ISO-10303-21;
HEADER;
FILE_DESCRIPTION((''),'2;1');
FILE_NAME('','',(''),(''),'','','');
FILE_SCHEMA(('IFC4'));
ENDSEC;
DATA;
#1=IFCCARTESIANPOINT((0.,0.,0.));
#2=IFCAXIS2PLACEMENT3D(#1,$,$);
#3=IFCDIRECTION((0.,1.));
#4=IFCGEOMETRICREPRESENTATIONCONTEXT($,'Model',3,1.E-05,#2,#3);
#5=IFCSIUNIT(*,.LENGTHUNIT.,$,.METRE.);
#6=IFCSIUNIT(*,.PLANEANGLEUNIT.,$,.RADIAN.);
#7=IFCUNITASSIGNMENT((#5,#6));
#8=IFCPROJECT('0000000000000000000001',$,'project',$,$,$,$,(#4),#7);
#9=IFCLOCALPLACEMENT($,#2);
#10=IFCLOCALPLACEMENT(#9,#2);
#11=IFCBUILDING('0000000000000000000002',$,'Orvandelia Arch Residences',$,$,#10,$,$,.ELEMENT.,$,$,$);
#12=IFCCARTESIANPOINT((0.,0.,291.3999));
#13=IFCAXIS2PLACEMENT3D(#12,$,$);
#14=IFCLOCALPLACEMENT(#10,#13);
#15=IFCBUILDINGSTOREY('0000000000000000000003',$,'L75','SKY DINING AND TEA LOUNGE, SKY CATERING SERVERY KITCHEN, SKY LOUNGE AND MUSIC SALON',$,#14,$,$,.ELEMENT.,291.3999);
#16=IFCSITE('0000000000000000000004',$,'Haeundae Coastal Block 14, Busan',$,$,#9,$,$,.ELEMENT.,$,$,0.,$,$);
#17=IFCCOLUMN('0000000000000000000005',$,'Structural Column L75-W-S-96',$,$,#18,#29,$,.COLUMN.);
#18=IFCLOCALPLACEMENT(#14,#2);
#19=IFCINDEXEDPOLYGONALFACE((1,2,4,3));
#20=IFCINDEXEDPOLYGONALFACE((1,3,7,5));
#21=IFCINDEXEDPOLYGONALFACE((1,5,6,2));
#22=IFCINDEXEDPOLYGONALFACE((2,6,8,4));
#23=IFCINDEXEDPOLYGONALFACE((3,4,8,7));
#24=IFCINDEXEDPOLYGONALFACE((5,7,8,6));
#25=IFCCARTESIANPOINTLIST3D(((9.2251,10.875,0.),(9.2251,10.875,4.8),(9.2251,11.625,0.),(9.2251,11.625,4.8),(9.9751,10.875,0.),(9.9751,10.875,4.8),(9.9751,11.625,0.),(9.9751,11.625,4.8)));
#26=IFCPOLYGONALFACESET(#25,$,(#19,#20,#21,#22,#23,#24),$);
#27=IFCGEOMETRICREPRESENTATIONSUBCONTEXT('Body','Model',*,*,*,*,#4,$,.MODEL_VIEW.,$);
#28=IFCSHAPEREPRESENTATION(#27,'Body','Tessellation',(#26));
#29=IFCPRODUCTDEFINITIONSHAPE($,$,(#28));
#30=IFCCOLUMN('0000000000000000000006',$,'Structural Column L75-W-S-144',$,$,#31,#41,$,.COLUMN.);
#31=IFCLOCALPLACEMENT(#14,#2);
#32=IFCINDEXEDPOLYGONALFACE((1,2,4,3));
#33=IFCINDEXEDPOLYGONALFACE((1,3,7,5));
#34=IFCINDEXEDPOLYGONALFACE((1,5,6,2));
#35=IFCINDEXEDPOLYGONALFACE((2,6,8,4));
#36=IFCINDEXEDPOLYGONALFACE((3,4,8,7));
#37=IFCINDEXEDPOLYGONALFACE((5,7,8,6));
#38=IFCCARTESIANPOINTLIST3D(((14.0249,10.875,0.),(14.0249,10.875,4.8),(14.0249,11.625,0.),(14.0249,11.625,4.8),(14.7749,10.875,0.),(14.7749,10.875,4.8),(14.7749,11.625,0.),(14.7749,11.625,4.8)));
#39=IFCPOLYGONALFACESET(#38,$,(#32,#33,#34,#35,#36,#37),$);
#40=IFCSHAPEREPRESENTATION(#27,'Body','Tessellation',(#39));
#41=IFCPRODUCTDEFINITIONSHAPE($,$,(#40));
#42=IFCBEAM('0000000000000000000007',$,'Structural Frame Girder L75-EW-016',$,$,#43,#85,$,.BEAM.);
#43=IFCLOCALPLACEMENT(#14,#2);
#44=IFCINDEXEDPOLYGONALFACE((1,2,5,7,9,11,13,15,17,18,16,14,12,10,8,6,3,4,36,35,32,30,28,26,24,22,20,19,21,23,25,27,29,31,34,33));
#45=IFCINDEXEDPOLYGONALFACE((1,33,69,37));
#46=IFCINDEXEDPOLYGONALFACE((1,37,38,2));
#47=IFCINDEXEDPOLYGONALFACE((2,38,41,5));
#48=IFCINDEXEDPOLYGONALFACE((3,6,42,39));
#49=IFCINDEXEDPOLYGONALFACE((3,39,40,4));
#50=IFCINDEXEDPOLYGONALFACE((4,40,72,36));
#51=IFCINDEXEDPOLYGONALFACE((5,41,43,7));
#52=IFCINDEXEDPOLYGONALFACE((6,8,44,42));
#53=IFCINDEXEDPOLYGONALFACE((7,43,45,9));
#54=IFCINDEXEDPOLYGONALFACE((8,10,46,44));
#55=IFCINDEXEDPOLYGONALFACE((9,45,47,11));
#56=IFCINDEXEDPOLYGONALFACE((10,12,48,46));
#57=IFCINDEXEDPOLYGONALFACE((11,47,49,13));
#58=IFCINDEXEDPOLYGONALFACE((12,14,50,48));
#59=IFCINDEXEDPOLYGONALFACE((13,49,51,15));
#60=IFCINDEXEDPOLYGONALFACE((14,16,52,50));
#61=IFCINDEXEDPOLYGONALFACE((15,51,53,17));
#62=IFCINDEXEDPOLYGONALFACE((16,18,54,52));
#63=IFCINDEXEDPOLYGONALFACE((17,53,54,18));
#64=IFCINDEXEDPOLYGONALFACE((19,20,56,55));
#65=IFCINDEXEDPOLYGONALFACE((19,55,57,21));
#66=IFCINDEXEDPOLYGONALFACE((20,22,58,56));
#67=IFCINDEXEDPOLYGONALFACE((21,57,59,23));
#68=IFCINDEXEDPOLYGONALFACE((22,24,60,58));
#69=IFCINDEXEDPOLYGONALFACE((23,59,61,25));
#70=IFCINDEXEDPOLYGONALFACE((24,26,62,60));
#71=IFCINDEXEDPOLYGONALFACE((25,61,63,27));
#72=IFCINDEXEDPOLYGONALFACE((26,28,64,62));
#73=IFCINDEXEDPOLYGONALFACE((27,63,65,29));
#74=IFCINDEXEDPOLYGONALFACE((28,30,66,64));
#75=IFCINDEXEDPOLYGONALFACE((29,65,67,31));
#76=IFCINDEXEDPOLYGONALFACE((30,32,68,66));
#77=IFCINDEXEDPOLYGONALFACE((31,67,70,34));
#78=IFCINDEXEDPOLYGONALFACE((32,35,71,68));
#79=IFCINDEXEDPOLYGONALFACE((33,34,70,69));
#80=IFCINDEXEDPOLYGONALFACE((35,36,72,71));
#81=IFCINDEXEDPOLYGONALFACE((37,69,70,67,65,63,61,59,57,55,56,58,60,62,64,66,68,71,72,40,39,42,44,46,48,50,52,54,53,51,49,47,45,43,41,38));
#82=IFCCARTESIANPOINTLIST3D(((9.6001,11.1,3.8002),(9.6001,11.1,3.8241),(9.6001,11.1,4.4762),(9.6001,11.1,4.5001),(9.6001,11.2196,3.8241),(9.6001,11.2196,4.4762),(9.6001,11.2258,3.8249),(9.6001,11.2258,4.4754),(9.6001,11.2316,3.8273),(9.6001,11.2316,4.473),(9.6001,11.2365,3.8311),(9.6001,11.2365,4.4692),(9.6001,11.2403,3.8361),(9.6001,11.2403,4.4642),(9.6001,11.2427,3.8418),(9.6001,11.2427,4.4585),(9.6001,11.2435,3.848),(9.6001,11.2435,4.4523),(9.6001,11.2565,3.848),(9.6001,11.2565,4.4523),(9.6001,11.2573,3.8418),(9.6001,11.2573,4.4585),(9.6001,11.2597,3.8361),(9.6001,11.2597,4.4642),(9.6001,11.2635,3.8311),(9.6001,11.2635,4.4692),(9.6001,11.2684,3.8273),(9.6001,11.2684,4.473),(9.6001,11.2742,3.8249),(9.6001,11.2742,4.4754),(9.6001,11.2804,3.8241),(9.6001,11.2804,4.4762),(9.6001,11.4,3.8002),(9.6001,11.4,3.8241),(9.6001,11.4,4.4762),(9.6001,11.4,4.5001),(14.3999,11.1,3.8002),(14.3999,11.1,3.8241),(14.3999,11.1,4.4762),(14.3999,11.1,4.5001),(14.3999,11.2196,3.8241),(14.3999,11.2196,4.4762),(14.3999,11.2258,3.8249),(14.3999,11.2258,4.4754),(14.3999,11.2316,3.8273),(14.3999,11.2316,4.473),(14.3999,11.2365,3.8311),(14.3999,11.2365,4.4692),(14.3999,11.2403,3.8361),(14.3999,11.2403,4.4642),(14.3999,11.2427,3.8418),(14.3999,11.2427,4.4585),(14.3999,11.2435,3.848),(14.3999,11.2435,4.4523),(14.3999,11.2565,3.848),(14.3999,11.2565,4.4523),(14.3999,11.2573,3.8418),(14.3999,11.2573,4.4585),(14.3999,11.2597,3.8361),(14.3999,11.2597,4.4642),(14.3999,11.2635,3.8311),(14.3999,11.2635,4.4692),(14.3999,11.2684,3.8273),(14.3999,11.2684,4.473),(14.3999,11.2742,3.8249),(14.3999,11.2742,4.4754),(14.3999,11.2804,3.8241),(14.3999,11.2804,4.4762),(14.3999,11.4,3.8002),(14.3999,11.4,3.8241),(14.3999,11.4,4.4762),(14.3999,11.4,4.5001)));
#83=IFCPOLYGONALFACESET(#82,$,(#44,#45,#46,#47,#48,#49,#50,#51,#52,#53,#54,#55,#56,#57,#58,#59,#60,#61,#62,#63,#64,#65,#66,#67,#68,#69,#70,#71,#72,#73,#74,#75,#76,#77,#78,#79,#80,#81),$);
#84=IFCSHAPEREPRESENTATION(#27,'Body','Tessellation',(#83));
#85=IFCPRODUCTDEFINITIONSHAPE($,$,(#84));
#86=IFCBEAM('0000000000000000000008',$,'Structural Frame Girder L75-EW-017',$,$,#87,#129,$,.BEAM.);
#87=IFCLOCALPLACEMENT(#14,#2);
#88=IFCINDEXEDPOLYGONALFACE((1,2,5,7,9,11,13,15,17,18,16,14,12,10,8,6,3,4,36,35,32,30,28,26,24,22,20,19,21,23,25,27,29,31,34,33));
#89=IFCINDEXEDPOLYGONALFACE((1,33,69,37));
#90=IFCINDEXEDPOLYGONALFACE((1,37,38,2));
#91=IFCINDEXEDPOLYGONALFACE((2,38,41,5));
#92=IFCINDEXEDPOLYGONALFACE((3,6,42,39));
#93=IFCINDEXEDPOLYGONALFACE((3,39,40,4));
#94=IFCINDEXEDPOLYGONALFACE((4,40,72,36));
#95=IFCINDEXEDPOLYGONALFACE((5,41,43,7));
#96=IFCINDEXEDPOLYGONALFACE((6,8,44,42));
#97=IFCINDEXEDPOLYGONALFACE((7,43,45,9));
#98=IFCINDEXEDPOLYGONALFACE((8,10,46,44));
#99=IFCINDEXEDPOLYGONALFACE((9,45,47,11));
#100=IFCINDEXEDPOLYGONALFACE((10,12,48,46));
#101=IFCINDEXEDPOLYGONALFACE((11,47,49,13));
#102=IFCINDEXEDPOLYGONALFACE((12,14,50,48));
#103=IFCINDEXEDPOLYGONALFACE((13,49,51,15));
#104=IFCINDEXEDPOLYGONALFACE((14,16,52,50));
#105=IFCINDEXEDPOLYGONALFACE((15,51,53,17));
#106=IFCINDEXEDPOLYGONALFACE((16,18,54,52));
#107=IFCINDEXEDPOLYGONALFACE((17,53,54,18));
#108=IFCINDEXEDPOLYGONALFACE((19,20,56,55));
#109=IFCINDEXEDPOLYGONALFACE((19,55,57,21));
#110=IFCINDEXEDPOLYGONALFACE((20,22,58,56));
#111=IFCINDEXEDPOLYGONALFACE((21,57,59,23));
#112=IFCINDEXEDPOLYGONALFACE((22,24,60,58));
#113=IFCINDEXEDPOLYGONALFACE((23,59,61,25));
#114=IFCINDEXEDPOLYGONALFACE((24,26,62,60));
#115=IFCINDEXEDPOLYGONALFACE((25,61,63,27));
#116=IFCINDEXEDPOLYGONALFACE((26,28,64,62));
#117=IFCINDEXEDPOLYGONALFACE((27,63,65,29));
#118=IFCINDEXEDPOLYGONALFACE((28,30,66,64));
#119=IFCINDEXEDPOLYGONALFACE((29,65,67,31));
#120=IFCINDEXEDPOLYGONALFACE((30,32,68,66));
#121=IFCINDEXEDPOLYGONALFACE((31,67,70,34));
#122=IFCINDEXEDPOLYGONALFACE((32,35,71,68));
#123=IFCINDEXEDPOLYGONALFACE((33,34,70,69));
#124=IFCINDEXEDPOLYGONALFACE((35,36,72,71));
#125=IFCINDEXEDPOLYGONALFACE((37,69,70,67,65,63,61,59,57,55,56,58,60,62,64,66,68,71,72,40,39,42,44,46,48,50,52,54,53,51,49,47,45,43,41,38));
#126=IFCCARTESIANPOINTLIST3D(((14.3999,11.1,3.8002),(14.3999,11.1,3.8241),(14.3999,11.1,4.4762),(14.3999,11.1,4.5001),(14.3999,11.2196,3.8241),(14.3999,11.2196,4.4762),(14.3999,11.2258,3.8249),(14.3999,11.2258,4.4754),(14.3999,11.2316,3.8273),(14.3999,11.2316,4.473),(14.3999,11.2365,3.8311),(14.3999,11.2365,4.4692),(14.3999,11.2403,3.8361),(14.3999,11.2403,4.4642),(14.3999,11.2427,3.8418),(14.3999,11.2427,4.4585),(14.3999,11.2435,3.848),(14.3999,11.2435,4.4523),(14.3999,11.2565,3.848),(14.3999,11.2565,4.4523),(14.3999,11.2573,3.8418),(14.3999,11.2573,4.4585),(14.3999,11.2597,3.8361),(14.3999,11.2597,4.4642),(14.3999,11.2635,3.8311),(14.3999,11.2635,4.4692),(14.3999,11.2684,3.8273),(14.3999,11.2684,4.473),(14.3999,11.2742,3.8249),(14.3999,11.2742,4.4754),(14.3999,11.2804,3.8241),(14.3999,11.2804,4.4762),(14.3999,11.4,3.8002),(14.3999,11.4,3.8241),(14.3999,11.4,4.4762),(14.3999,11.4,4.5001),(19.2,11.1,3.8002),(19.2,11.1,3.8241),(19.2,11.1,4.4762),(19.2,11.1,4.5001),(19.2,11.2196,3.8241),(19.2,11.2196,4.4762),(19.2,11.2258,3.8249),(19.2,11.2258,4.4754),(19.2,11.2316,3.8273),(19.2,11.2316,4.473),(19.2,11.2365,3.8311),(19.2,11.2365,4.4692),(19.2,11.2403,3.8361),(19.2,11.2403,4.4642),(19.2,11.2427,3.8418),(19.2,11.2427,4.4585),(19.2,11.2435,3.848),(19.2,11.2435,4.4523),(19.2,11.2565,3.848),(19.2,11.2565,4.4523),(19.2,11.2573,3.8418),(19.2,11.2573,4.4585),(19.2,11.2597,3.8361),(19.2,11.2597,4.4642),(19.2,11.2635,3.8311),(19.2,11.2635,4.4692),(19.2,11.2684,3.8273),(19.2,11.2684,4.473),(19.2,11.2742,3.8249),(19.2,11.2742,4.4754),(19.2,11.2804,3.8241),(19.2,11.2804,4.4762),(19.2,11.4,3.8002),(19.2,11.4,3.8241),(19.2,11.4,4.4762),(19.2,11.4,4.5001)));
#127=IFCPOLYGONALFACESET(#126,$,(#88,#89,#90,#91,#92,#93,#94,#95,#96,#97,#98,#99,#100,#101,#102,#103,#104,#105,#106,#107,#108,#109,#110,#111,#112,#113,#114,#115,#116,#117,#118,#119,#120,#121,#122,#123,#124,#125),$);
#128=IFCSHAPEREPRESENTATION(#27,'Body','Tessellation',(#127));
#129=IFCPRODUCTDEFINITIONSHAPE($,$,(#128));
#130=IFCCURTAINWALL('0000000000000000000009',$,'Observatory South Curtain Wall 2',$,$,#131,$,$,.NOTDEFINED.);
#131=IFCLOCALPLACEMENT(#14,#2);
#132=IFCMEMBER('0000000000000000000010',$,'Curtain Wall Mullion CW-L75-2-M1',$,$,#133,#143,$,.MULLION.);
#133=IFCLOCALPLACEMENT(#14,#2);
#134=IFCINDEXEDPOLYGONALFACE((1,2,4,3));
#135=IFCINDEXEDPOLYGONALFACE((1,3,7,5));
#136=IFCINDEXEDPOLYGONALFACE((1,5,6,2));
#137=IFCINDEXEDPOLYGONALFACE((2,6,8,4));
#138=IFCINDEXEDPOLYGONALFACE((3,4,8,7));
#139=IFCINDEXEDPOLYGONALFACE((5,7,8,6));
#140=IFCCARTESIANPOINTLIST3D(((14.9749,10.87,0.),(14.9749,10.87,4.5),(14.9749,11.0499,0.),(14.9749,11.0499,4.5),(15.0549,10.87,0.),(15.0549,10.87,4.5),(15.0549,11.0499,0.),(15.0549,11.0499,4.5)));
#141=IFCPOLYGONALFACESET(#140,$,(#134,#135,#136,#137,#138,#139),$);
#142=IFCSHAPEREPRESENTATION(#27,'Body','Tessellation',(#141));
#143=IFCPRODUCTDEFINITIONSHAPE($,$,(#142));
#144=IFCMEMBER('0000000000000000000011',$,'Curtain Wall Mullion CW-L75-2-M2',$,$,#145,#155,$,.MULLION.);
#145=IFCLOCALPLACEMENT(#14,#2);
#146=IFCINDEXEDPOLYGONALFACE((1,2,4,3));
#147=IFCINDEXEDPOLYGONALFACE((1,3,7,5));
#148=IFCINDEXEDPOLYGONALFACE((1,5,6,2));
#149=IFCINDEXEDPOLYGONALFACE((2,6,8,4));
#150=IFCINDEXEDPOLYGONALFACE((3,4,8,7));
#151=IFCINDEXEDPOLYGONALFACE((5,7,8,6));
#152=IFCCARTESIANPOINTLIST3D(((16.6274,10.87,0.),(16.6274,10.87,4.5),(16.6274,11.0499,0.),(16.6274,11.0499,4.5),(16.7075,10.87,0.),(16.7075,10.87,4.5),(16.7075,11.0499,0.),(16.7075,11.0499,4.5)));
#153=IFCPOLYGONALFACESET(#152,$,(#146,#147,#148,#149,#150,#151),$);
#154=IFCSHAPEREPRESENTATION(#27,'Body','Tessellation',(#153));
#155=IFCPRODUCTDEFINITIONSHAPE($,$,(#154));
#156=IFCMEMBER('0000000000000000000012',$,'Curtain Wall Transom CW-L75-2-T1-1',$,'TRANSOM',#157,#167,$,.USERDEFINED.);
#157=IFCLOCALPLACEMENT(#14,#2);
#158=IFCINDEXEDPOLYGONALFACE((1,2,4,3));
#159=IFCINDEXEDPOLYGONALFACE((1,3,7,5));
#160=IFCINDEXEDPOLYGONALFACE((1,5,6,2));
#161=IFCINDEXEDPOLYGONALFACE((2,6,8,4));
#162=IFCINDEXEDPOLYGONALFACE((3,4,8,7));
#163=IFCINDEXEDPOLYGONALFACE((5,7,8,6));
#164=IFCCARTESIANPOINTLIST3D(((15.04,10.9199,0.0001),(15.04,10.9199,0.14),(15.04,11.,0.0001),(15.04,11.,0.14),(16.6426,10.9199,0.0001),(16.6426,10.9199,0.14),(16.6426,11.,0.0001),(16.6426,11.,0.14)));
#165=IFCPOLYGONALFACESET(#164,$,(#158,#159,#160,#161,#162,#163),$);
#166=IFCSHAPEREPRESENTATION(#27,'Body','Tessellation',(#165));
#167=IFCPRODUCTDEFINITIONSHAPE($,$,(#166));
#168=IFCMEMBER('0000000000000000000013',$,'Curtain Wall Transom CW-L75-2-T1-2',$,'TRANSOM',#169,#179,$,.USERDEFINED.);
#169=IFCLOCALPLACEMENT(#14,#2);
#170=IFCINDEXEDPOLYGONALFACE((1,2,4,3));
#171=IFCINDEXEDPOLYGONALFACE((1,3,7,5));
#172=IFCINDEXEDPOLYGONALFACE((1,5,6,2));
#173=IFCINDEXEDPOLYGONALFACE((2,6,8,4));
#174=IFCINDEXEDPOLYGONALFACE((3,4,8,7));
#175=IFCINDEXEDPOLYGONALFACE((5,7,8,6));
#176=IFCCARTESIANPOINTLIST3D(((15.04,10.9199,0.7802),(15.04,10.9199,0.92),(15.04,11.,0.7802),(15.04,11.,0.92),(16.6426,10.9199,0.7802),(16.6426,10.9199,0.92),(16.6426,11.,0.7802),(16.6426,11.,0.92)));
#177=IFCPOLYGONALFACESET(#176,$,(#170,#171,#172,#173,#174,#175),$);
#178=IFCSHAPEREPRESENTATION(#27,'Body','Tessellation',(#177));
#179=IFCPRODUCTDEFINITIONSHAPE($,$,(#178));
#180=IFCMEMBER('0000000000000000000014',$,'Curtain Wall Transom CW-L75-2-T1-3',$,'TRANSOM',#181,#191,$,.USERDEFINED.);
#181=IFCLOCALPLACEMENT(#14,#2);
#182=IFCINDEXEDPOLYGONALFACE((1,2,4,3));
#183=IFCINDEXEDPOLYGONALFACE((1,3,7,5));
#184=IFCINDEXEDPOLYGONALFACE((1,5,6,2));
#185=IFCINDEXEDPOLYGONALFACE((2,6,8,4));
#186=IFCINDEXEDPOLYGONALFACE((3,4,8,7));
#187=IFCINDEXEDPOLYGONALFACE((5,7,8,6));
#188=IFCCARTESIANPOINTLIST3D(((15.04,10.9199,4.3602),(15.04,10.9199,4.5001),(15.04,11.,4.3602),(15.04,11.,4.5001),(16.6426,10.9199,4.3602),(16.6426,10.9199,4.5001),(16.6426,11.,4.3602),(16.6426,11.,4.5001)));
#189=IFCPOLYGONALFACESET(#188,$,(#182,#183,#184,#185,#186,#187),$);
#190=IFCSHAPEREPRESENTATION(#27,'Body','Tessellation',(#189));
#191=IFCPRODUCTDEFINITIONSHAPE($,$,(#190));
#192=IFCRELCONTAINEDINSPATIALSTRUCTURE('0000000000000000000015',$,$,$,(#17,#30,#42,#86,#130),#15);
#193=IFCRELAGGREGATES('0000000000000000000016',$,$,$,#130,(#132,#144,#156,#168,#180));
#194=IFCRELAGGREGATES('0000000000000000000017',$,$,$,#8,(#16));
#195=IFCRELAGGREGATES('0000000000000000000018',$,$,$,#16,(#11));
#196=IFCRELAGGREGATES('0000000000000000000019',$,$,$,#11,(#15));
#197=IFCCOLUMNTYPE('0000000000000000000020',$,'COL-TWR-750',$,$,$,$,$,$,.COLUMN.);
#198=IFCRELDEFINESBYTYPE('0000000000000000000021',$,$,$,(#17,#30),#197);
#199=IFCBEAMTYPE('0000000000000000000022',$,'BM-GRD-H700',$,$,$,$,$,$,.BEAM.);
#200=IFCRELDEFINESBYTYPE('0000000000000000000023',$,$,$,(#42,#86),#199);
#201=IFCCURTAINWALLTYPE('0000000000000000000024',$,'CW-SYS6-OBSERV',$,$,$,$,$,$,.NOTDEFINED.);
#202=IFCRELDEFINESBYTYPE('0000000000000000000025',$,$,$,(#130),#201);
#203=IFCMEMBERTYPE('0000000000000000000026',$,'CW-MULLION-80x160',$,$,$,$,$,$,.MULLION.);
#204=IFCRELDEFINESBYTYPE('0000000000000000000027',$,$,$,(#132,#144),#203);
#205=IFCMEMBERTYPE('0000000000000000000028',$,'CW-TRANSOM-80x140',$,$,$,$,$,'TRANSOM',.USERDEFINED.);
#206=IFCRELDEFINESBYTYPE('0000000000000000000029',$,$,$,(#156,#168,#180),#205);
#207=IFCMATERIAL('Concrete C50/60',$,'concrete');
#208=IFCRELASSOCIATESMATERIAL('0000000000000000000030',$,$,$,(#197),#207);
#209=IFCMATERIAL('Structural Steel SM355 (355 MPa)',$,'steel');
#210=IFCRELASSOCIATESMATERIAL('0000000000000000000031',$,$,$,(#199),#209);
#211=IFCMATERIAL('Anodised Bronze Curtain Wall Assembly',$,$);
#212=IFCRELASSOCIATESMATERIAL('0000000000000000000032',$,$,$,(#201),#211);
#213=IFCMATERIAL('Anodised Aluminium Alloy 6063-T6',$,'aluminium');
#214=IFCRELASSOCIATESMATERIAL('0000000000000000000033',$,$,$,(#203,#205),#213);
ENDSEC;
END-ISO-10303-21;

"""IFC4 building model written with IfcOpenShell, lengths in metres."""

from ifc_helpers import new_model, si_unit, direction, frame, origin, origin_2d, place, context, subcontext, project, spatial, rectangle, i_section, extrude, material, material_profile, profile_set, type_object, element, aggregate, save


model = new_model("IFC4")

# Units and contexts
model_context = context("Model", 3, precision=1e-05, world=origin(), true_north=direction((0.0, 1.0)))
body_context = subcontext(model_context, "Body", "Model", "MODEL_VIEW")
ifc_project = project(units=[si_unit("LENGTHUNIT", "METRE"), si_unit("PLANEANGLEUNIT", "RADIAN")], contexts=[model_context])

# Site, building, storey
site_placement = place(None, origin())
site = spatial("IfcSite", under=ifc_project, at=site_placement, Name="Haeundae Coastal Block 14, Busan", CompositionType="ELEMENT", RefElevation=0.0)
building_placement = place(site_placement, origin())
building = spatial("IfcBuilding", under=site, at=building_placement, Name="Orvandelia Arch Residences", CompositionType="ELEMENT")
storey_placement = place(building_placement, frame((0.0, 0.0, 291.3999)))
storey = spatial("IfcBuildingStorey", under=building, at=storey_placement, Name="L75", Description="SKY DINING AND TEA LOUNGE, SKY CATERING SERVERY KITCHEN, SKY LOUNGE AND MUSIC SALON", CompositionType="ELEMENT", Elevation=291.3999)

# Columns
ifc_material_1 = material(Name="Concrete C50/60", Category="concrete")
ifc_material_profile_1 = material_profile(ifc_material_1, rectangle(XDim=0.75, YDim=0.75, at=origin_2d()), Name="Concrete C50/60", Category="concrete")
ifc_profile_set_1 = profile_set([ifc_material_profile_1], Name="Concrete C50/60")
column_type = type_object("IfcColumnType", Name="COL-TWR-750", PredefinedType="COLUMN", material=ifc_profile_set_1)
for number, where, z_axis, x_axis, name in (
    (1, (9.6001, 11.25, 0.0), (0.0, 0.0, 1.0), (1.0, 0.0, 0.0), "Structural Column L75-W-S-96"),
    (2, (14.3999, 11.25, 0.0), (0.0, 0.0, 1.0), (1.0, 0.0, 0.0), "Structural Column L75-W-S-144"),
):
    element("IfcColumn", number, at=place(storey_placement, frame(where, z_axis=z_axis, x_axis=x_axis)), inside=storey, type_object=column_type, Name=name, PredefinedType="COLUMN", context=body_context, shape_type="SweptSolid", body=[
        extrude(rectangle(XDim=0.75, YDim=0.75, at=origin_2d()), origin(), (0.0, 0.0, 1.0), 4.8),
    ])

# Beams
ifc_material_2 = material(Name="Structural Steel SM355 (355 MPa)", Category="steel")
ifc_material_profile_2 = material_profile(ifc_material_2, i_section(OverallWidth=0.3, OverallDepth=0.7, WebThickness=0.0129, FlangeThickness=0.0239, FilletRadius=0.0239, at=origin_2d()), Name="Structural Steel SM355 (355 MPa)", Category="steel")
ifc_profile_set_2 = profile_set([ifc_material_profile_2], Name="Structural Steel SM355 (355 MPa)")
beam_type = type_object("IfcBeamType", Name="BM-GRD-H700", PredefinedType="BEAM", material=ifc_profile_set_2)
beam_1_placement = place(storey_placement, frame((9.6001, 11.25, 4.1501), z_axis=(1.0, 0.0, 0.0), x_axis=(0.0, 1.0, 0.0)))
element("IfcBeam", 3, at=beam_1_placement, inside=storey, type_object=beam_type, Name="Structural Frame Girder L75-EW-016", PredefinedType="BEAM", context=body_context, shape_type="SweptSolid", body=[
    extrude(i_section(OverallWidth=0.3, OverallDepth=0.7, WebThickness=0.0129, FlangeThickness=0.0239, FilletRadius=0.0239, at=origin_2d()), origin(), (0.0, 0.0, 1.0), 4.7998),
])
beam_2_placement = place(storey_placement, frame((14.3999, 11.25, 4.1501), z_axis=(1.0, 0.0, 0.0), x_axis=(0.0, 1.0, 0.0)))
element("IfcBeam", 4, at=beam_2_placement, inside=storey, type_object=beam_type, Name="Structural Frame Girder L75-EW-017", PredefinedType="BEAM", context=body_context, shape_type="SweptSolid", body=[
    extrude(i_section(OverallWidth=0.3, OverallDepth=0.7, WebThickness=0.0129, FlangeThickness=0.0239, FilletRadius=0.0239, at=origin_2d()), origin(), (0.0, 0.0, 1.0), 4.8),
])

# Curtain wall, members
ifc_material_3 = material(Name="Anodised Bronze Curtain Wall Assembly")
curtain_wall_type = type_object("IfcCurtainWallType", Name="CW-SYS6-OBSERV", PredefinedType="NOTDEFINED", material=ifc_material_3)
curtain_wall_placement = place(storey_placement, origin())
curtain_wall = element("IfcCurtainWall", 5, at=curtain_wall_placement, inside=storey, type_object=curtain_wall_type, Name="Observatory South Curtain Wall 2", PredefinedType="NOTDEFINED")
ifc_material_4 = material(Name="Anodised Aluminium Alloy 6063-T6", Category="aluminium")
ifc_material_profile_3 = material_profile(ifc_material_4, rectangle(XDim=0.0801, YDim=0.1799, at=origin_2d()), Name="Anodised Aluminium Alloy 6063-T6", Category="aluminium")
ifc_profile_set_3 = profile_set([ifc_material_profile_3], Name="Anodised Aluminium Alloy 6063-T6")
member_type_1 = type_object("IfcMemberType", Name="CW-MULLION-80x160", PredefinedType="MULLION", material=ifc_profile_set_3)
member_1_placement = place(storey_placement, frame((15.0149, 10.96, 0.0), z_axis=(0.0, 0.0, 1.0), x_axis=(1.0, 0.0, 0.0)))
member_1 = element("IfcMember", 6, at=member_1_placement, type_object=member_type_1, Name="Curtain Wall Mullion CW-L75-2-M1", PredefinedType="MULLION", context=body_context, shape_type="SweptSolid", body=[
    extrude(rectangle(XDim=0.0801, YDim=0.1799, at=origin_2d()), origin(), (0.0, 0.0, 1.0), 4.5),
])
member_2_placement = place(storey_placement, frame((16.6675, 10.96, 0.0), z_axis=(0.0, 0.0, 1.0), x_axis=(1.0, 0.0, 0.0)))
member_2 = element("IfcMember", 7, at=member_2_placement, type_object=member_type_1, Name="Curtain Wall Mullion CW-L75-2-M2", PredefinedType="MULLION", context=body_context, shape_type="SweptSolid", body=[
    extrude(rectangle(XDim=0.0801, YDim=0.1799, at=origin_2d()), origin(), (0.0, 0.0, 1.0), 4.5),
])
ifc_material_profile_4 = material_profile(ifc_material_4, rectangle(XDim=0.0801, YDim=0.1399, at=origin_2d()), Name="Anodised Aluminium Alloy 6063-T6", Category="aluminium")
ifc_profile_set_4 = profile_set([ifc_material_profile_4], Name="Anodised Aluminium Alloy 6063-T6")
member_type_2 = type_object("IfcMemberType", Name="CW-TRANSOM-80x140", ElementType="TRANSOM", PredefinedType="USERDEFINED", material=ifc_profile_set_4)
member_3_placement = place(storey_placement, frame((15.04, 10.96, 0.0701), z_axis=(1.0, 0.0, 0.0), x_axis=(0.0, 1.0, 0.0)))
member_3 = element("IfcMember", 8, at=member_3_placement, type_object=member_type_2, Name="Curtain Wall Transom CW-L75-2-T1-1", ObjectType="TRANSOM", PredefinedType="USERDEFINED", context=body_context, shape_type="SweptSolid", body=[
    extrude(rectangle(XDim=0.0801, YDim=0.1399, at=origin_2d()), origin(), (0.0, 0.0, 1.0), 1.6025),
])
member_4_placement = place(storey_placement, frame((15.04, 10.96, 0.8501), z_axis=(1.0, 0.0, 0.0), x_axis=(0.0, 1.0, 0.0)))
member_4 = element("IfcMember", 9, at=member_4_placement, type_object=member_type_2, Name="Curtain Wall Transom CW-L75-2-T1-2", ObjectType="TRANSOM", PredefinedType="USERDEFINED", context=body_context, shape_type="SweptSolid", body=[
    extrude(rectangle(XDim=0.0801, YDim=0.1399, at=origin_2d()), origin(), (0.0, 0.0, 1.0), 1.6025),
])
member_5_placement = place(storey_placement, frame((15.04, 10.96, 4.4302), z_axis=(1.0, 0.0, 0.0), x_axis=(0.0, 1.0, 0.0)))
member_5 = element("IfcMember", 10, at=member_5_placement, type_object=member_type_2, Name="Curtain Wall Transom CW-L75-2-T1-3", ObjectType="TRANSOM", PredefinedType="USERDEFINED", context=body_context, shape_type="SweptSolid", body=[
    extrude(rectangle(XDim=0.0801, YDim=0.1399, at=origin_2d()), origin(), (0.0, 0.0, 1.0), 1.6025),
])
aggregate(curtain_wall, [member_1, member_2, member_3, member_4, member_5])

save(model, "model.ifc")
